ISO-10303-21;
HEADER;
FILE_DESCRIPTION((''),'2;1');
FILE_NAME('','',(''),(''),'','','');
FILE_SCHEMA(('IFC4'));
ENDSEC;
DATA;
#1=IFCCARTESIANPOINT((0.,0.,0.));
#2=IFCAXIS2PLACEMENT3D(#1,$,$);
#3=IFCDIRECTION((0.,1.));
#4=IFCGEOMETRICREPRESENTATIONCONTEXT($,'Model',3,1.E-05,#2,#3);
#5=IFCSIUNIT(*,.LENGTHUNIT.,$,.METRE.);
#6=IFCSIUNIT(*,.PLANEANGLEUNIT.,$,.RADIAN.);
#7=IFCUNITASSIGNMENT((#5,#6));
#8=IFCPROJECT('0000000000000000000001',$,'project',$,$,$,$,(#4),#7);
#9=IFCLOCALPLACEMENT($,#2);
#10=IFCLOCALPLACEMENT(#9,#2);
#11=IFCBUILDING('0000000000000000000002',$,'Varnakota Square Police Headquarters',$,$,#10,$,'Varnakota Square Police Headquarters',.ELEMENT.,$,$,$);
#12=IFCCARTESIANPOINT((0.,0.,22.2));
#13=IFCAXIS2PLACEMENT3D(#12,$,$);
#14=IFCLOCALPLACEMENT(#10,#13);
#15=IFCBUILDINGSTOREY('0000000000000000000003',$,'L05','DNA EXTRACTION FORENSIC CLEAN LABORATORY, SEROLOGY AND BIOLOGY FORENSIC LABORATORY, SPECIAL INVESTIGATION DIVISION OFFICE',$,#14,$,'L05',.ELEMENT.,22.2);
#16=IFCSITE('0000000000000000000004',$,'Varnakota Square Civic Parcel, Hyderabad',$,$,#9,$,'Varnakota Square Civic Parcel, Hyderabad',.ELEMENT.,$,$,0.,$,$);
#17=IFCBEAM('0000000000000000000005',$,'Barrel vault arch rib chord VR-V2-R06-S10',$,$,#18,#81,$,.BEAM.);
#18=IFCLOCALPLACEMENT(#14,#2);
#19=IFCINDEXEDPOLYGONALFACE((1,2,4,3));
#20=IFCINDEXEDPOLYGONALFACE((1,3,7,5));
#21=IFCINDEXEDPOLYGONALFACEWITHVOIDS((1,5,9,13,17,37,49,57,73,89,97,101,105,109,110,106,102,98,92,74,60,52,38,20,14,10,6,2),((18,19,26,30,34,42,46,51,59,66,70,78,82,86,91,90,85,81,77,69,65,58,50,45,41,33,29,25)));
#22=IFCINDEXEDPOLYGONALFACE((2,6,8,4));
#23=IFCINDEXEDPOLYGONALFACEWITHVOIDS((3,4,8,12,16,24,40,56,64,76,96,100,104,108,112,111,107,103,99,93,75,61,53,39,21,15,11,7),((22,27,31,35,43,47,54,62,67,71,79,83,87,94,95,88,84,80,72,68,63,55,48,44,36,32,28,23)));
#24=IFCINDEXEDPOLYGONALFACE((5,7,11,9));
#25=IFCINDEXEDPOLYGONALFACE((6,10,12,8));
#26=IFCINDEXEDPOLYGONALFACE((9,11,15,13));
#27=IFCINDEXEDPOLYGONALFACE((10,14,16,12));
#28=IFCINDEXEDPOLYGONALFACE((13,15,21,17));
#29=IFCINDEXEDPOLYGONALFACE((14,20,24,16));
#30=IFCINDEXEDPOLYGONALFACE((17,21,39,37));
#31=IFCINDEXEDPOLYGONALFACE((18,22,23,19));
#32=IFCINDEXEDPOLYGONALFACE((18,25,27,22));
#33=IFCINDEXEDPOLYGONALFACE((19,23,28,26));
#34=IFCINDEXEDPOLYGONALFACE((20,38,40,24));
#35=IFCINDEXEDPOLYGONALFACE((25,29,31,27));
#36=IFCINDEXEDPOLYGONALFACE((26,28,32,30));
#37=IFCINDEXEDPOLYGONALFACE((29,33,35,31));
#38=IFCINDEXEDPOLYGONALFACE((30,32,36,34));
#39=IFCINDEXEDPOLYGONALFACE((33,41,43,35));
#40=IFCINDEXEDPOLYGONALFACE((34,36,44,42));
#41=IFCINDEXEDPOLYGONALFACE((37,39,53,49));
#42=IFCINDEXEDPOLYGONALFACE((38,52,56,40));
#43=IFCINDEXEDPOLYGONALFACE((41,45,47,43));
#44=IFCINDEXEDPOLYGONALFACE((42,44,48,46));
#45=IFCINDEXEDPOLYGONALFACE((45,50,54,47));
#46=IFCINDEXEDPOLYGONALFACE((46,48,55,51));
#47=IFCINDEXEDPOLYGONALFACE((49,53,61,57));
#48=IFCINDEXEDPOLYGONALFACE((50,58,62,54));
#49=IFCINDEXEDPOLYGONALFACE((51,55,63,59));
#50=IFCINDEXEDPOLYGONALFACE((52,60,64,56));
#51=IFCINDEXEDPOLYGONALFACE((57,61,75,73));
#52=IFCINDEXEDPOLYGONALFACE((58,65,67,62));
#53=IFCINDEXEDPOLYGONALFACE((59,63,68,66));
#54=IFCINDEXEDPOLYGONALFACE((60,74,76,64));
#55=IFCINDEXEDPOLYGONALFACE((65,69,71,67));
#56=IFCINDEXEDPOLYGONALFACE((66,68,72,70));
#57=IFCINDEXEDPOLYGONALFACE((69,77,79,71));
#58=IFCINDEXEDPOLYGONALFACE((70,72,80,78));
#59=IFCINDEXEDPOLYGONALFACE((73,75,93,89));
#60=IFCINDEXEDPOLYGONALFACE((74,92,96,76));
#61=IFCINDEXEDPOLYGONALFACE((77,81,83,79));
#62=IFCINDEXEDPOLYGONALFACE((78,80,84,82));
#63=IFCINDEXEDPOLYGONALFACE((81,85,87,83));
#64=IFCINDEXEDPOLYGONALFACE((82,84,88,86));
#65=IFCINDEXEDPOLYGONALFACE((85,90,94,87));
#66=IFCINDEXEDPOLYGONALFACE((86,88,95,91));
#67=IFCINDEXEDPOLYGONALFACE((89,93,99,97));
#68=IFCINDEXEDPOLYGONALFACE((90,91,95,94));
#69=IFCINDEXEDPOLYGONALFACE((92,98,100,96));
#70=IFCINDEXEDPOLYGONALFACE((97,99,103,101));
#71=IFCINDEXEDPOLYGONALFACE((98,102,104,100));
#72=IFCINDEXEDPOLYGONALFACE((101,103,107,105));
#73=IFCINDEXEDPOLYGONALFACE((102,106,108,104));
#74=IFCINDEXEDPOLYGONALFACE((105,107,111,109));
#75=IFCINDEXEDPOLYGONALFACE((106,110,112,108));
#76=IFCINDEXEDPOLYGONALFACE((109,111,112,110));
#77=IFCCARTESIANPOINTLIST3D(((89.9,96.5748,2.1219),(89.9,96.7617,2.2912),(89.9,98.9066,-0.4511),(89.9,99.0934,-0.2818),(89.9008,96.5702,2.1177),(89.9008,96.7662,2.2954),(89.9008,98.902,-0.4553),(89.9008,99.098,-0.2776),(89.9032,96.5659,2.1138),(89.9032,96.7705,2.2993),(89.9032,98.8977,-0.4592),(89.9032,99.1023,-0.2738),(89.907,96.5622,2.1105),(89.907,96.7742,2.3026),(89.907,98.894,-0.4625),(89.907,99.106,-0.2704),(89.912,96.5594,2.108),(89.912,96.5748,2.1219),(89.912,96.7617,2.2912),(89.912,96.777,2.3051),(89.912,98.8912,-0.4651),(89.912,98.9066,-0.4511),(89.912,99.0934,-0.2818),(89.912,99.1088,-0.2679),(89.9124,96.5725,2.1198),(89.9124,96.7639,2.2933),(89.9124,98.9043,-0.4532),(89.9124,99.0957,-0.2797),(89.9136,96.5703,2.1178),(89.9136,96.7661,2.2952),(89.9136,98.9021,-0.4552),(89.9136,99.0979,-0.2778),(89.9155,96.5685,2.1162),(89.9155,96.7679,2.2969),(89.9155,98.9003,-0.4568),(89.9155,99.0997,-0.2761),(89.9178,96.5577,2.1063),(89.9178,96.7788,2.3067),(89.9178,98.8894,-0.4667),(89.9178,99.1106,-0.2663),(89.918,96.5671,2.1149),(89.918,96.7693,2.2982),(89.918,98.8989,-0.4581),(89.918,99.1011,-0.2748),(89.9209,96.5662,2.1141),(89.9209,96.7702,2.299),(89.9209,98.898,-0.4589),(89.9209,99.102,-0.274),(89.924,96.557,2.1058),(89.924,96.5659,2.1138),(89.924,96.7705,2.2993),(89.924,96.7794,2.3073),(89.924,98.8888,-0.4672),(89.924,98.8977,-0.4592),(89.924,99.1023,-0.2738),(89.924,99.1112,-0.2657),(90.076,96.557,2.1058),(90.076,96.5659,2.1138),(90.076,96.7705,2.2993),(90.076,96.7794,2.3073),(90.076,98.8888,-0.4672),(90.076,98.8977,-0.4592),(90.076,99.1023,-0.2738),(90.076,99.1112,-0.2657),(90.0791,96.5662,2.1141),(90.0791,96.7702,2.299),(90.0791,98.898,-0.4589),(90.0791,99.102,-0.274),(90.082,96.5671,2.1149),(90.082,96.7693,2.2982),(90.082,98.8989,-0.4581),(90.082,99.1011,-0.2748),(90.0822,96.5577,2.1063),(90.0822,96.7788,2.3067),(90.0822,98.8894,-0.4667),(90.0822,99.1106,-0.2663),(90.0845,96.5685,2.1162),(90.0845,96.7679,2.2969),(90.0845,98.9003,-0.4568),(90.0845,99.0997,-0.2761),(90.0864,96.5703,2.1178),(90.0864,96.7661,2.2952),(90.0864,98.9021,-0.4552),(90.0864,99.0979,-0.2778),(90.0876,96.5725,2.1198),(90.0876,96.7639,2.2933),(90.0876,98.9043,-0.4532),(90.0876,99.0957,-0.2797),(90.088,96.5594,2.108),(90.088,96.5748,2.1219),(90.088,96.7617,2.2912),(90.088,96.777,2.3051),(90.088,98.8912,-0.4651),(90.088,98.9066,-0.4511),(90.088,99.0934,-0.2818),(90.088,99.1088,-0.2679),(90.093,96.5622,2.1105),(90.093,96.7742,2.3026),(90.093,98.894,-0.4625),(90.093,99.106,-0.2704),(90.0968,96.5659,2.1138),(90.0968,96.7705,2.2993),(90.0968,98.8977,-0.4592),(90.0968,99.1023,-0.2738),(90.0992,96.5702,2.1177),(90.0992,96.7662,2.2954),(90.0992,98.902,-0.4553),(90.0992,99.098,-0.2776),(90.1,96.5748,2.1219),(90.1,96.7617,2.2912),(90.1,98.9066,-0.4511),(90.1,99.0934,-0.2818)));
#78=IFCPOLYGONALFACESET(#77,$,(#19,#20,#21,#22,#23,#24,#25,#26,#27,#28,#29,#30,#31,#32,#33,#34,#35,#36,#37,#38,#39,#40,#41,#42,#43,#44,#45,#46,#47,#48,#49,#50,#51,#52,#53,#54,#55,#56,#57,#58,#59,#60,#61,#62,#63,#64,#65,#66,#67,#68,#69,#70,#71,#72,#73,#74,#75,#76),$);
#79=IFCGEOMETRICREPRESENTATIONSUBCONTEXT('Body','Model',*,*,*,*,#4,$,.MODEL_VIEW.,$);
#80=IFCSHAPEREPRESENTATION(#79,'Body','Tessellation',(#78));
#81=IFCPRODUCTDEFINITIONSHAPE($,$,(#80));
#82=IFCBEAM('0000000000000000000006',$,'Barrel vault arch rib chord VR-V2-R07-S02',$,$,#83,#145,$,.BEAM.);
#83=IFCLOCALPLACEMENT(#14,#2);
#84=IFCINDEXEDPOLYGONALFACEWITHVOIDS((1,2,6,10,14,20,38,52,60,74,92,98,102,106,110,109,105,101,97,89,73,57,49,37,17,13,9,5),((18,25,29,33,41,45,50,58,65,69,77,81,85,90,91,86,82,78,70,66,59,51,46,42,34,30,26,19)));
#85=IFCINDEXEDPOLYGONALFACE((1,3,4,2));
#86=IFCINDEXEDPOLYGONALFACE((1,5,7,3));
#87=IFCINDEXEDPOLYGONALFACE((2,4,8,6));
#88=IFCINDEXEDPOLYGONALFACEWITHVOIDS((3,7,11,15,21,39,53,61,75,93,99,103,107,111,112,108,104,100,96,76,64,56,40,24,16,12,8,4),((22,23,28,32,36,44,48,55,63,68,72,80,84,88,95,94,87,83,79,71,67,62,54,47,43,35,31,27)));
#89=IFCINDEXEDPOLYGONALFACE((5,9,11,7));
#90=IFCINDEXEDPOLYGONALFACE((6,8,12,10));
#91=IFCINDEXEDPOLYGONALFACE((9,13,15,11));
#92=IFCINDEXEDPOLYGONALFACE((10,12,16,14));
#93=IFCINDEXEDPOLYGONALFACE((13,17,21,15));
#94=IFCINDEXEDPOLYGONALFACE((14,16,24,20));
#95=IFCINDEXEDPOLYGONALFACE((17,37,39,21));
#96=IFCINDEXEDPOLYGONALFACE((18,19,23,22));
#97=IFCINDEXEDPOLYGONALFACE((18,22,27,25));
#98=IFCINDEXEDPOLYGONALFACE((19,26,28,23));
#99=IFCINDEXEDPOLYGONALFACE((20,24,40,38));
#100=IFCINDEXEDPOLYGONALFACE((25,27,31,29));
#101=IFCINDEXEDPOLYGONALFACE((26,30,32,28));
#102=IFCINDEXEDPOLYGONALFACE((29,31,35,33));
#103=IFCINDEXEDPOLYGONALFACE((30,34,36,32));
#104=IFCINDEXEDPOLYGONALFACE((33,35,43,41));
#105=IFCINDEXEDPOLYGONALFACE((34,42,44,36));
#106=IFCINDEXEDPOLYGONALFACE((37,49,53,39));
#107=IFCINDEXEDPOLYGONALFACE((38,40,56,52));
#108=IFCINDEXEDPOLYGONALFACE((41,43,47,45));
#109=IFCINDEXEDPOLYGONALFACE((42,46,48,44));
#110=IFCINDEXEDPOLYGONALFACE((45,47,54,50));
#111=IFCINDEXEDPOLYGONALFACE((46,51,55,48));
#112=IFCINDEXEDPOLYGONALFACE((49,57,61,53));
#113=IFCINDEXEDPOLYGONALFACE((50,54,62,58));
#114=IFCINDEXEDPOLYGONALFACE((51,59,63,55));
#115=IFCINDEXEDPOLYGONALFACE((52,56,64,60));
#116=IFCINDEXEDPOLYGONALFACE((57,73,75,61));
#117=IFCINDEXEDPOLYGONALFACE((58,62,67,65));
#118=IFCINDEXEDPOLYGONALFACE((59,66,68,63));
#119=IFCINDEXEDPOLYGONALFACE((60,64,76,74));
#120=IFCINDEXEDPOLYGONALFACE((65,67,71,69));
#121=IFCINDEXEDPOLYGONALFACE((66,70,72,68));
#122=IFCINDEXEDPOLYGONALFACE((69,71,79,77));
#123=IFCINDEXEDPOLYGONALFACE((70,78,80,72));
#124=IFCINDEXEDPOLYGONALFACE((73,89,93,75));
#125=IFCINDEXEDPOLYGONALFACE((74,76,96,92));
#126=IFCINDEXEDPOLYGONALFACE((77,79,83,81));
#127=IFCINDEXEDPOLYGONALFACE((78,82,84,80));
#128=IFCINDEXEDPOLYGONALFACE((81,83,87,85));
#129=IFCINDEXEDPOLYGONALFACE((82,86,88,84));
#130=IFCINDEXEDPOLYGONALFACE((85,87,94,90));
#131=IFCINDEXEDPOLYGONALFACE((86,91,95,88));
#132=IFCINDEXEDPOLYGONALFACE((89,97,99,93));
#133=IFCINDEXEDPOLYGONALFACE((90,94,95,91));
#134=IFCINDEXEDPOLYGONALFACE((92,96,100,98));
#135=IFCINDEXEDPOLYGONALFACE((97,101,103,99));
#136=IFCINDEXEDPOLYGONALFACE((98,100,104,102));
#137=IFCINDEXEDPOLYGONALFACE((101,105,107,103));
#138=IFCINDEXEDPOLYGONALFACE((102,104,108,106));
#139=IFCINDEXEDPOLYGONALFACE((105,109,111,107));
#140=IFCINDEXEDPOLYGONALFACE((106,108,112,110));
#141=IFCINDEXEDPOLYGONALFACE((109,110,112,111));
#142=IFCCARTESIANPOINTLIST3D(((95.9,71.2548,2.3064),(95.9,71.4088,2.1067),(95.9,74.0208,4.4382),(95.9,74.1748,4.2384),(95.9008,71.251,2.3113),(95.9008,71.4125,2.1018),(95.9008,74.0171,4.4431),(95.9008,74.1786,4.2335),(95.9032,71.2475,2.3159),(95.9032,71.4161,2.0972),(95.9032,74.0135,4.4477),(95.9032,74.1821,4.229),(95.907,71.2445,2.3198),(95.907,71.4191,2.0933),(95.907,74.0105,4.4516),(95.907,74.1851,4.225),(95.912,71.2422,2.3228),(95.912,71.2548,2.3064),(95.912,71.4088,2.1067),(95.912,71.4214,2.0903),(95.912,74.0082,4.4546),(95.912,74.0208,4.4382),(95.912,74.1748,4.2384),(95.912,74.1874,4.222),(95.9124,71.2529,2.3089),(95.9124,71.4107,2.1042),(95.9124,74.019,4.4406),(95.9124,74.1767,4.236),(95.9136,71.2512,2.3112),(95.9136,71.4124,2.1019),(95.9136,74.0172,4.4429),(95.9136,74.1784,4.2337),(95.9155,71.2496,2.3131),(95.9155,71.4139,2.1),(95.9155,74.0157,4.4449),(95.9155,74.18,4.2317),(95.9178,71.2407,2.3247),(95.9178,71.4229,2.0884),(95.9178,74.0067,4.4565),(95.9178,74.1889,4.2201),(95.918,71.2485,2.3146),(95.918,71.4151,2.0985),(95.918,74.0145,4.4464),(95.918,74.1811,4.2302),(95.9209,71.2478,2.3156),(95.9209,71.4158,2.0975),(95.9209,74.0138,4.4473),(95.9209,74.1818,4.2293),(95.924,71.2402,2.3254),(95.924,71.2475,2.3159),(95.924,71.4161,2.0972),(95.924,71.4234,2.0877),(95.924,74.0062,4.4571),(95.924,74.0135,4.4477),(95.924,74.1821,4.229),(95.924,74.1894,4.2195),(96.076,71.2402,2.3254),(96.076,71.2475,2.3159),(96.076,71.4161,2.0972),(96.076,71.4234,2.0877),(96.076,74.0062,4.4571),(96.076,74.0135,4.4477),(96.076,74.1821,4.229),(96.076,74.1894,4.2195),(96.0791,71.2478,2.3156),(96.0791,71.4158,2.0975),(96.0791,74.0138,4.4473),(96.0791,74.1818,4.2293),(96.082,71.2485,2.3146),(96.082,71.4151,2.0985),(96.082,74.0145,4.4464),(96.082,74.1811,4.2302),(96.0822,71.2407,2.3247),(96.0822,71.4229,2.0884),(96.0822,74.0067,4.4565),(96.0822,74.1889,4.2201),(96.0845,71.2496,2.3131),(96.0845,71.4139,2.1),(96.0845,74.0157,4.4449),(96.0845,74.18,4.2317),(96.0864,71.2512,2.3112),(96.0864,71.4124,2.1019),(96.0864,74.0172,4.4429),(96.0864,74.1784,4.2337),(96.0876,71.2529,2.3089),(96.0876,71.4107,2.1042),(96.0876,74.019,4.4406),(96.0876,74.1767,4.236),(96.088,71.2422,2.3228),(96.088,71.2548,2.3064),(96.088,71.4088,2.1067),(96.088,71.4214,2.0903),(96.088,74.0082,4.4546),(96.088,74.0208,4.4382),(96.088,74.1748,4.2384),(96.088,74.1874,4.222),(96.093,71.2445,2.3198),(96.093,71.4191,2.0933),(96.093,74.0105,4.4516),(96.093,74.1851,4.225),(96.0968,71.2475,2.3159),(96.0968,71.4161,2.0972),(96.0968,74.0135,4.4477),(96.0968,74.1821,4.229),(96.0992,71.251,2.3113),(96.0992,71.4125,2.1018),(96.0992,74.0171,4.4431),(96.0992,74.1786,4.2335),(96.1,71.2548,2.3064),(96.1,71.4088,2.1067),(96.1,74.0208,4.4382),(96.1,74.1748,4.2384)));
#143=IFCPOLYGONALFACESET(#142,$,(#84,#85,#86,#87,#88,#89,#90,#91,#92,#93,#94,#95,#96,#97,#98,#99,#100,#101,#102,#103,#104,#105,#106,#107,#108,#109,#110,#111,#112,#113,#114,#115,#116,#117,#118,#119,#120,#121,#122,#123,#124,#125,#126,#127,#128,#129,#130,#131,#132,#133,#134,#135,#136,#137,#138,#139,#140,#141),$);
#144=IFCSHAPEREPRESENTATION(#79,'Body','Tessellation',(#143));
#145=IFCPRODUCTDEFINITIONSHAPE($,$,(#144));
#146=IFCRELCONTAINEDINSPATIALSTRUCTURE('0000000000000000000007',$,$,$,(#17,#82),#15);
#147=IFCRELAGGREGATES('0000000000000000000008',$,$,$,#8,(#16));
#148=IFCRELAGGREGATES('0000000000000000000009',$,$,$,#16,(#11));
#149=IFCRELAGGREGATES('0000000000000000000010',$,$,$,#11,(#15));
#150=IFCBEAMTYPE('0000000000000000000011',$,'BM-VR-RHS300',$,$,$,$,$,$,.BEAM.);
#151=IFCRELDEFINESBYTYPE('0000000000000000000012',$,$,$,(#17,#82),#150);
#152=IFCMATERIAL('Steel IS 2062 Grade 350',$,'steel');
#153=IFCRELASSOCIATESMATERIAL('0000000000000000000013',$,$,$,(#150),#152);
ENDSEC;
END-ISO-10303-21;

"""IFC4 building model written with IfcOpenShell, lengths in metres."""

from ifc_helpers import new_model, si_unit, direction, frame, origin, origin_2d, place, context, subcontext, project, spatial, hollow_rectangle, extrude, material, material_profile, profile_set, type_object, element, save


model = new_model("IFC4")

# Units and contexts
model_context = context("Model", 3, precision=1e-05, world=origin(), true_north=direction((0.0, 1.0)))
body_context = subcontext(model_context, "Body", "Model", "MODEL_VIEW")
ifc_project = project(units=[si_unit("LENGTHUNIT", "METRE"), si_unit("PLANEANGLEUNIT", "RADIAN")], contexts=[model_context])

# Site, building, storey
site_placement = place(None, origin())
site = spatial("IfcSite", under=ifc_project, at=site_placement, Name="Varnakota Square Civic Parcel, Hyderabad", LongName="Varnakota Square Civic Parcel, Hyderabad", CompositionType="ELEMENT", RefElevation=0.0)
building_placement = place(site_placement, origin())
building = spatial("IfcBuilding", under=site, at=building_placement, Name="Varnakota Square Police Headquarters", LongName="Varnakota Square Police Headquarters", CompositionType="ELEMENT")
storey_placement = place(building_placement, frame((0.0, 0.0, 22.2)))
storey = spatial("IfcBuildingStorey", under=building, at=storey_placement, Name="L05", Description="DNA EXTRACTION FORENSIC CLEAN LABORATORY, SEROLOGY AND BIOLOGY FORENSIC LABORATORY, SPECIAL INVESTIGATION DIVISION OFFICE", LongName="L05", CompositionType="ELEMENT", Elevation=22.2)

# Beams
ifc_material_1 = material(Name="Steel IS 2062 Grade 350", Category="steel")
ifc_material_profile_1 = material_profile(ifc_material_1, hollow_rectangle(XDim=0.2, YDim=0.3, WallThickness=0.012, InnerFilletRadius=0.012, OuterFilletRadius=0.0239, at=origin_2d()), Name="RHS 300x200x12")
ifc_profile_set_1 = profile_set([ifc_material_profile_1], Name="Steel IS 2062 Grade 350")
beam_type_1 = type_object("IfcBeamType", Name="BM-VR-RHS300", PredefinedType="BEAM", material=ifc_profile_set_1)
beam_1_placement = place(storey_placement, frame((90.0, 96.6682, 2.2065), z_axis=(0.0, 0.671521, -0.740986), x_axis=(-1.0, 0.0, 0.0)))
element("IfcBeam", 1, at=beam_1_placement, inside=storey, type_object=beam_type_1, Name="Barrel vault arch rib chord VR-V2-R06-S10", PredefinedType="BEAM", context=body_context, shape_type="SweptSolid", body=[
    extrude(hollow_rectangle(XDim=0.2, YDim=0.3, WallThickness=0.012, InnerFilletRadius=0.012, OuterFilletRadius=0.0239, at=origin_2d()), origin(), (0.0, 0.0, 1.0), 3.4724),
])
for number, where, z_axis, x_axis, name in (
    (2, (96.0, 71.3318, 2.2065), (0.0, 0.792062, 0.61044), (-1.0, 0.0, 0.0), "Barrel vault arch rib chord VR-V2-R07-S02"),
):
    element("IfcBeam", number, at=place(storey_placement, frame(where, z_axis=z_axis, x_axis=x_axis)), inside=storey, type_object=beam_type_1, Name=name, PredefinedType="BEAM", context=body_context, shape_type="SweptSolid", body=[
        extrude(hollow_rectangle(XDim=0.2, YDim=0.3, WallThickness=0.012, InnerFilletRadius=0.012, OuterFilletRadius=0.0239, at=origin_2d()), origin(), (0.0, 0.0, 1.0), 3.4922),
    ])

save(model, "model.ifc")
